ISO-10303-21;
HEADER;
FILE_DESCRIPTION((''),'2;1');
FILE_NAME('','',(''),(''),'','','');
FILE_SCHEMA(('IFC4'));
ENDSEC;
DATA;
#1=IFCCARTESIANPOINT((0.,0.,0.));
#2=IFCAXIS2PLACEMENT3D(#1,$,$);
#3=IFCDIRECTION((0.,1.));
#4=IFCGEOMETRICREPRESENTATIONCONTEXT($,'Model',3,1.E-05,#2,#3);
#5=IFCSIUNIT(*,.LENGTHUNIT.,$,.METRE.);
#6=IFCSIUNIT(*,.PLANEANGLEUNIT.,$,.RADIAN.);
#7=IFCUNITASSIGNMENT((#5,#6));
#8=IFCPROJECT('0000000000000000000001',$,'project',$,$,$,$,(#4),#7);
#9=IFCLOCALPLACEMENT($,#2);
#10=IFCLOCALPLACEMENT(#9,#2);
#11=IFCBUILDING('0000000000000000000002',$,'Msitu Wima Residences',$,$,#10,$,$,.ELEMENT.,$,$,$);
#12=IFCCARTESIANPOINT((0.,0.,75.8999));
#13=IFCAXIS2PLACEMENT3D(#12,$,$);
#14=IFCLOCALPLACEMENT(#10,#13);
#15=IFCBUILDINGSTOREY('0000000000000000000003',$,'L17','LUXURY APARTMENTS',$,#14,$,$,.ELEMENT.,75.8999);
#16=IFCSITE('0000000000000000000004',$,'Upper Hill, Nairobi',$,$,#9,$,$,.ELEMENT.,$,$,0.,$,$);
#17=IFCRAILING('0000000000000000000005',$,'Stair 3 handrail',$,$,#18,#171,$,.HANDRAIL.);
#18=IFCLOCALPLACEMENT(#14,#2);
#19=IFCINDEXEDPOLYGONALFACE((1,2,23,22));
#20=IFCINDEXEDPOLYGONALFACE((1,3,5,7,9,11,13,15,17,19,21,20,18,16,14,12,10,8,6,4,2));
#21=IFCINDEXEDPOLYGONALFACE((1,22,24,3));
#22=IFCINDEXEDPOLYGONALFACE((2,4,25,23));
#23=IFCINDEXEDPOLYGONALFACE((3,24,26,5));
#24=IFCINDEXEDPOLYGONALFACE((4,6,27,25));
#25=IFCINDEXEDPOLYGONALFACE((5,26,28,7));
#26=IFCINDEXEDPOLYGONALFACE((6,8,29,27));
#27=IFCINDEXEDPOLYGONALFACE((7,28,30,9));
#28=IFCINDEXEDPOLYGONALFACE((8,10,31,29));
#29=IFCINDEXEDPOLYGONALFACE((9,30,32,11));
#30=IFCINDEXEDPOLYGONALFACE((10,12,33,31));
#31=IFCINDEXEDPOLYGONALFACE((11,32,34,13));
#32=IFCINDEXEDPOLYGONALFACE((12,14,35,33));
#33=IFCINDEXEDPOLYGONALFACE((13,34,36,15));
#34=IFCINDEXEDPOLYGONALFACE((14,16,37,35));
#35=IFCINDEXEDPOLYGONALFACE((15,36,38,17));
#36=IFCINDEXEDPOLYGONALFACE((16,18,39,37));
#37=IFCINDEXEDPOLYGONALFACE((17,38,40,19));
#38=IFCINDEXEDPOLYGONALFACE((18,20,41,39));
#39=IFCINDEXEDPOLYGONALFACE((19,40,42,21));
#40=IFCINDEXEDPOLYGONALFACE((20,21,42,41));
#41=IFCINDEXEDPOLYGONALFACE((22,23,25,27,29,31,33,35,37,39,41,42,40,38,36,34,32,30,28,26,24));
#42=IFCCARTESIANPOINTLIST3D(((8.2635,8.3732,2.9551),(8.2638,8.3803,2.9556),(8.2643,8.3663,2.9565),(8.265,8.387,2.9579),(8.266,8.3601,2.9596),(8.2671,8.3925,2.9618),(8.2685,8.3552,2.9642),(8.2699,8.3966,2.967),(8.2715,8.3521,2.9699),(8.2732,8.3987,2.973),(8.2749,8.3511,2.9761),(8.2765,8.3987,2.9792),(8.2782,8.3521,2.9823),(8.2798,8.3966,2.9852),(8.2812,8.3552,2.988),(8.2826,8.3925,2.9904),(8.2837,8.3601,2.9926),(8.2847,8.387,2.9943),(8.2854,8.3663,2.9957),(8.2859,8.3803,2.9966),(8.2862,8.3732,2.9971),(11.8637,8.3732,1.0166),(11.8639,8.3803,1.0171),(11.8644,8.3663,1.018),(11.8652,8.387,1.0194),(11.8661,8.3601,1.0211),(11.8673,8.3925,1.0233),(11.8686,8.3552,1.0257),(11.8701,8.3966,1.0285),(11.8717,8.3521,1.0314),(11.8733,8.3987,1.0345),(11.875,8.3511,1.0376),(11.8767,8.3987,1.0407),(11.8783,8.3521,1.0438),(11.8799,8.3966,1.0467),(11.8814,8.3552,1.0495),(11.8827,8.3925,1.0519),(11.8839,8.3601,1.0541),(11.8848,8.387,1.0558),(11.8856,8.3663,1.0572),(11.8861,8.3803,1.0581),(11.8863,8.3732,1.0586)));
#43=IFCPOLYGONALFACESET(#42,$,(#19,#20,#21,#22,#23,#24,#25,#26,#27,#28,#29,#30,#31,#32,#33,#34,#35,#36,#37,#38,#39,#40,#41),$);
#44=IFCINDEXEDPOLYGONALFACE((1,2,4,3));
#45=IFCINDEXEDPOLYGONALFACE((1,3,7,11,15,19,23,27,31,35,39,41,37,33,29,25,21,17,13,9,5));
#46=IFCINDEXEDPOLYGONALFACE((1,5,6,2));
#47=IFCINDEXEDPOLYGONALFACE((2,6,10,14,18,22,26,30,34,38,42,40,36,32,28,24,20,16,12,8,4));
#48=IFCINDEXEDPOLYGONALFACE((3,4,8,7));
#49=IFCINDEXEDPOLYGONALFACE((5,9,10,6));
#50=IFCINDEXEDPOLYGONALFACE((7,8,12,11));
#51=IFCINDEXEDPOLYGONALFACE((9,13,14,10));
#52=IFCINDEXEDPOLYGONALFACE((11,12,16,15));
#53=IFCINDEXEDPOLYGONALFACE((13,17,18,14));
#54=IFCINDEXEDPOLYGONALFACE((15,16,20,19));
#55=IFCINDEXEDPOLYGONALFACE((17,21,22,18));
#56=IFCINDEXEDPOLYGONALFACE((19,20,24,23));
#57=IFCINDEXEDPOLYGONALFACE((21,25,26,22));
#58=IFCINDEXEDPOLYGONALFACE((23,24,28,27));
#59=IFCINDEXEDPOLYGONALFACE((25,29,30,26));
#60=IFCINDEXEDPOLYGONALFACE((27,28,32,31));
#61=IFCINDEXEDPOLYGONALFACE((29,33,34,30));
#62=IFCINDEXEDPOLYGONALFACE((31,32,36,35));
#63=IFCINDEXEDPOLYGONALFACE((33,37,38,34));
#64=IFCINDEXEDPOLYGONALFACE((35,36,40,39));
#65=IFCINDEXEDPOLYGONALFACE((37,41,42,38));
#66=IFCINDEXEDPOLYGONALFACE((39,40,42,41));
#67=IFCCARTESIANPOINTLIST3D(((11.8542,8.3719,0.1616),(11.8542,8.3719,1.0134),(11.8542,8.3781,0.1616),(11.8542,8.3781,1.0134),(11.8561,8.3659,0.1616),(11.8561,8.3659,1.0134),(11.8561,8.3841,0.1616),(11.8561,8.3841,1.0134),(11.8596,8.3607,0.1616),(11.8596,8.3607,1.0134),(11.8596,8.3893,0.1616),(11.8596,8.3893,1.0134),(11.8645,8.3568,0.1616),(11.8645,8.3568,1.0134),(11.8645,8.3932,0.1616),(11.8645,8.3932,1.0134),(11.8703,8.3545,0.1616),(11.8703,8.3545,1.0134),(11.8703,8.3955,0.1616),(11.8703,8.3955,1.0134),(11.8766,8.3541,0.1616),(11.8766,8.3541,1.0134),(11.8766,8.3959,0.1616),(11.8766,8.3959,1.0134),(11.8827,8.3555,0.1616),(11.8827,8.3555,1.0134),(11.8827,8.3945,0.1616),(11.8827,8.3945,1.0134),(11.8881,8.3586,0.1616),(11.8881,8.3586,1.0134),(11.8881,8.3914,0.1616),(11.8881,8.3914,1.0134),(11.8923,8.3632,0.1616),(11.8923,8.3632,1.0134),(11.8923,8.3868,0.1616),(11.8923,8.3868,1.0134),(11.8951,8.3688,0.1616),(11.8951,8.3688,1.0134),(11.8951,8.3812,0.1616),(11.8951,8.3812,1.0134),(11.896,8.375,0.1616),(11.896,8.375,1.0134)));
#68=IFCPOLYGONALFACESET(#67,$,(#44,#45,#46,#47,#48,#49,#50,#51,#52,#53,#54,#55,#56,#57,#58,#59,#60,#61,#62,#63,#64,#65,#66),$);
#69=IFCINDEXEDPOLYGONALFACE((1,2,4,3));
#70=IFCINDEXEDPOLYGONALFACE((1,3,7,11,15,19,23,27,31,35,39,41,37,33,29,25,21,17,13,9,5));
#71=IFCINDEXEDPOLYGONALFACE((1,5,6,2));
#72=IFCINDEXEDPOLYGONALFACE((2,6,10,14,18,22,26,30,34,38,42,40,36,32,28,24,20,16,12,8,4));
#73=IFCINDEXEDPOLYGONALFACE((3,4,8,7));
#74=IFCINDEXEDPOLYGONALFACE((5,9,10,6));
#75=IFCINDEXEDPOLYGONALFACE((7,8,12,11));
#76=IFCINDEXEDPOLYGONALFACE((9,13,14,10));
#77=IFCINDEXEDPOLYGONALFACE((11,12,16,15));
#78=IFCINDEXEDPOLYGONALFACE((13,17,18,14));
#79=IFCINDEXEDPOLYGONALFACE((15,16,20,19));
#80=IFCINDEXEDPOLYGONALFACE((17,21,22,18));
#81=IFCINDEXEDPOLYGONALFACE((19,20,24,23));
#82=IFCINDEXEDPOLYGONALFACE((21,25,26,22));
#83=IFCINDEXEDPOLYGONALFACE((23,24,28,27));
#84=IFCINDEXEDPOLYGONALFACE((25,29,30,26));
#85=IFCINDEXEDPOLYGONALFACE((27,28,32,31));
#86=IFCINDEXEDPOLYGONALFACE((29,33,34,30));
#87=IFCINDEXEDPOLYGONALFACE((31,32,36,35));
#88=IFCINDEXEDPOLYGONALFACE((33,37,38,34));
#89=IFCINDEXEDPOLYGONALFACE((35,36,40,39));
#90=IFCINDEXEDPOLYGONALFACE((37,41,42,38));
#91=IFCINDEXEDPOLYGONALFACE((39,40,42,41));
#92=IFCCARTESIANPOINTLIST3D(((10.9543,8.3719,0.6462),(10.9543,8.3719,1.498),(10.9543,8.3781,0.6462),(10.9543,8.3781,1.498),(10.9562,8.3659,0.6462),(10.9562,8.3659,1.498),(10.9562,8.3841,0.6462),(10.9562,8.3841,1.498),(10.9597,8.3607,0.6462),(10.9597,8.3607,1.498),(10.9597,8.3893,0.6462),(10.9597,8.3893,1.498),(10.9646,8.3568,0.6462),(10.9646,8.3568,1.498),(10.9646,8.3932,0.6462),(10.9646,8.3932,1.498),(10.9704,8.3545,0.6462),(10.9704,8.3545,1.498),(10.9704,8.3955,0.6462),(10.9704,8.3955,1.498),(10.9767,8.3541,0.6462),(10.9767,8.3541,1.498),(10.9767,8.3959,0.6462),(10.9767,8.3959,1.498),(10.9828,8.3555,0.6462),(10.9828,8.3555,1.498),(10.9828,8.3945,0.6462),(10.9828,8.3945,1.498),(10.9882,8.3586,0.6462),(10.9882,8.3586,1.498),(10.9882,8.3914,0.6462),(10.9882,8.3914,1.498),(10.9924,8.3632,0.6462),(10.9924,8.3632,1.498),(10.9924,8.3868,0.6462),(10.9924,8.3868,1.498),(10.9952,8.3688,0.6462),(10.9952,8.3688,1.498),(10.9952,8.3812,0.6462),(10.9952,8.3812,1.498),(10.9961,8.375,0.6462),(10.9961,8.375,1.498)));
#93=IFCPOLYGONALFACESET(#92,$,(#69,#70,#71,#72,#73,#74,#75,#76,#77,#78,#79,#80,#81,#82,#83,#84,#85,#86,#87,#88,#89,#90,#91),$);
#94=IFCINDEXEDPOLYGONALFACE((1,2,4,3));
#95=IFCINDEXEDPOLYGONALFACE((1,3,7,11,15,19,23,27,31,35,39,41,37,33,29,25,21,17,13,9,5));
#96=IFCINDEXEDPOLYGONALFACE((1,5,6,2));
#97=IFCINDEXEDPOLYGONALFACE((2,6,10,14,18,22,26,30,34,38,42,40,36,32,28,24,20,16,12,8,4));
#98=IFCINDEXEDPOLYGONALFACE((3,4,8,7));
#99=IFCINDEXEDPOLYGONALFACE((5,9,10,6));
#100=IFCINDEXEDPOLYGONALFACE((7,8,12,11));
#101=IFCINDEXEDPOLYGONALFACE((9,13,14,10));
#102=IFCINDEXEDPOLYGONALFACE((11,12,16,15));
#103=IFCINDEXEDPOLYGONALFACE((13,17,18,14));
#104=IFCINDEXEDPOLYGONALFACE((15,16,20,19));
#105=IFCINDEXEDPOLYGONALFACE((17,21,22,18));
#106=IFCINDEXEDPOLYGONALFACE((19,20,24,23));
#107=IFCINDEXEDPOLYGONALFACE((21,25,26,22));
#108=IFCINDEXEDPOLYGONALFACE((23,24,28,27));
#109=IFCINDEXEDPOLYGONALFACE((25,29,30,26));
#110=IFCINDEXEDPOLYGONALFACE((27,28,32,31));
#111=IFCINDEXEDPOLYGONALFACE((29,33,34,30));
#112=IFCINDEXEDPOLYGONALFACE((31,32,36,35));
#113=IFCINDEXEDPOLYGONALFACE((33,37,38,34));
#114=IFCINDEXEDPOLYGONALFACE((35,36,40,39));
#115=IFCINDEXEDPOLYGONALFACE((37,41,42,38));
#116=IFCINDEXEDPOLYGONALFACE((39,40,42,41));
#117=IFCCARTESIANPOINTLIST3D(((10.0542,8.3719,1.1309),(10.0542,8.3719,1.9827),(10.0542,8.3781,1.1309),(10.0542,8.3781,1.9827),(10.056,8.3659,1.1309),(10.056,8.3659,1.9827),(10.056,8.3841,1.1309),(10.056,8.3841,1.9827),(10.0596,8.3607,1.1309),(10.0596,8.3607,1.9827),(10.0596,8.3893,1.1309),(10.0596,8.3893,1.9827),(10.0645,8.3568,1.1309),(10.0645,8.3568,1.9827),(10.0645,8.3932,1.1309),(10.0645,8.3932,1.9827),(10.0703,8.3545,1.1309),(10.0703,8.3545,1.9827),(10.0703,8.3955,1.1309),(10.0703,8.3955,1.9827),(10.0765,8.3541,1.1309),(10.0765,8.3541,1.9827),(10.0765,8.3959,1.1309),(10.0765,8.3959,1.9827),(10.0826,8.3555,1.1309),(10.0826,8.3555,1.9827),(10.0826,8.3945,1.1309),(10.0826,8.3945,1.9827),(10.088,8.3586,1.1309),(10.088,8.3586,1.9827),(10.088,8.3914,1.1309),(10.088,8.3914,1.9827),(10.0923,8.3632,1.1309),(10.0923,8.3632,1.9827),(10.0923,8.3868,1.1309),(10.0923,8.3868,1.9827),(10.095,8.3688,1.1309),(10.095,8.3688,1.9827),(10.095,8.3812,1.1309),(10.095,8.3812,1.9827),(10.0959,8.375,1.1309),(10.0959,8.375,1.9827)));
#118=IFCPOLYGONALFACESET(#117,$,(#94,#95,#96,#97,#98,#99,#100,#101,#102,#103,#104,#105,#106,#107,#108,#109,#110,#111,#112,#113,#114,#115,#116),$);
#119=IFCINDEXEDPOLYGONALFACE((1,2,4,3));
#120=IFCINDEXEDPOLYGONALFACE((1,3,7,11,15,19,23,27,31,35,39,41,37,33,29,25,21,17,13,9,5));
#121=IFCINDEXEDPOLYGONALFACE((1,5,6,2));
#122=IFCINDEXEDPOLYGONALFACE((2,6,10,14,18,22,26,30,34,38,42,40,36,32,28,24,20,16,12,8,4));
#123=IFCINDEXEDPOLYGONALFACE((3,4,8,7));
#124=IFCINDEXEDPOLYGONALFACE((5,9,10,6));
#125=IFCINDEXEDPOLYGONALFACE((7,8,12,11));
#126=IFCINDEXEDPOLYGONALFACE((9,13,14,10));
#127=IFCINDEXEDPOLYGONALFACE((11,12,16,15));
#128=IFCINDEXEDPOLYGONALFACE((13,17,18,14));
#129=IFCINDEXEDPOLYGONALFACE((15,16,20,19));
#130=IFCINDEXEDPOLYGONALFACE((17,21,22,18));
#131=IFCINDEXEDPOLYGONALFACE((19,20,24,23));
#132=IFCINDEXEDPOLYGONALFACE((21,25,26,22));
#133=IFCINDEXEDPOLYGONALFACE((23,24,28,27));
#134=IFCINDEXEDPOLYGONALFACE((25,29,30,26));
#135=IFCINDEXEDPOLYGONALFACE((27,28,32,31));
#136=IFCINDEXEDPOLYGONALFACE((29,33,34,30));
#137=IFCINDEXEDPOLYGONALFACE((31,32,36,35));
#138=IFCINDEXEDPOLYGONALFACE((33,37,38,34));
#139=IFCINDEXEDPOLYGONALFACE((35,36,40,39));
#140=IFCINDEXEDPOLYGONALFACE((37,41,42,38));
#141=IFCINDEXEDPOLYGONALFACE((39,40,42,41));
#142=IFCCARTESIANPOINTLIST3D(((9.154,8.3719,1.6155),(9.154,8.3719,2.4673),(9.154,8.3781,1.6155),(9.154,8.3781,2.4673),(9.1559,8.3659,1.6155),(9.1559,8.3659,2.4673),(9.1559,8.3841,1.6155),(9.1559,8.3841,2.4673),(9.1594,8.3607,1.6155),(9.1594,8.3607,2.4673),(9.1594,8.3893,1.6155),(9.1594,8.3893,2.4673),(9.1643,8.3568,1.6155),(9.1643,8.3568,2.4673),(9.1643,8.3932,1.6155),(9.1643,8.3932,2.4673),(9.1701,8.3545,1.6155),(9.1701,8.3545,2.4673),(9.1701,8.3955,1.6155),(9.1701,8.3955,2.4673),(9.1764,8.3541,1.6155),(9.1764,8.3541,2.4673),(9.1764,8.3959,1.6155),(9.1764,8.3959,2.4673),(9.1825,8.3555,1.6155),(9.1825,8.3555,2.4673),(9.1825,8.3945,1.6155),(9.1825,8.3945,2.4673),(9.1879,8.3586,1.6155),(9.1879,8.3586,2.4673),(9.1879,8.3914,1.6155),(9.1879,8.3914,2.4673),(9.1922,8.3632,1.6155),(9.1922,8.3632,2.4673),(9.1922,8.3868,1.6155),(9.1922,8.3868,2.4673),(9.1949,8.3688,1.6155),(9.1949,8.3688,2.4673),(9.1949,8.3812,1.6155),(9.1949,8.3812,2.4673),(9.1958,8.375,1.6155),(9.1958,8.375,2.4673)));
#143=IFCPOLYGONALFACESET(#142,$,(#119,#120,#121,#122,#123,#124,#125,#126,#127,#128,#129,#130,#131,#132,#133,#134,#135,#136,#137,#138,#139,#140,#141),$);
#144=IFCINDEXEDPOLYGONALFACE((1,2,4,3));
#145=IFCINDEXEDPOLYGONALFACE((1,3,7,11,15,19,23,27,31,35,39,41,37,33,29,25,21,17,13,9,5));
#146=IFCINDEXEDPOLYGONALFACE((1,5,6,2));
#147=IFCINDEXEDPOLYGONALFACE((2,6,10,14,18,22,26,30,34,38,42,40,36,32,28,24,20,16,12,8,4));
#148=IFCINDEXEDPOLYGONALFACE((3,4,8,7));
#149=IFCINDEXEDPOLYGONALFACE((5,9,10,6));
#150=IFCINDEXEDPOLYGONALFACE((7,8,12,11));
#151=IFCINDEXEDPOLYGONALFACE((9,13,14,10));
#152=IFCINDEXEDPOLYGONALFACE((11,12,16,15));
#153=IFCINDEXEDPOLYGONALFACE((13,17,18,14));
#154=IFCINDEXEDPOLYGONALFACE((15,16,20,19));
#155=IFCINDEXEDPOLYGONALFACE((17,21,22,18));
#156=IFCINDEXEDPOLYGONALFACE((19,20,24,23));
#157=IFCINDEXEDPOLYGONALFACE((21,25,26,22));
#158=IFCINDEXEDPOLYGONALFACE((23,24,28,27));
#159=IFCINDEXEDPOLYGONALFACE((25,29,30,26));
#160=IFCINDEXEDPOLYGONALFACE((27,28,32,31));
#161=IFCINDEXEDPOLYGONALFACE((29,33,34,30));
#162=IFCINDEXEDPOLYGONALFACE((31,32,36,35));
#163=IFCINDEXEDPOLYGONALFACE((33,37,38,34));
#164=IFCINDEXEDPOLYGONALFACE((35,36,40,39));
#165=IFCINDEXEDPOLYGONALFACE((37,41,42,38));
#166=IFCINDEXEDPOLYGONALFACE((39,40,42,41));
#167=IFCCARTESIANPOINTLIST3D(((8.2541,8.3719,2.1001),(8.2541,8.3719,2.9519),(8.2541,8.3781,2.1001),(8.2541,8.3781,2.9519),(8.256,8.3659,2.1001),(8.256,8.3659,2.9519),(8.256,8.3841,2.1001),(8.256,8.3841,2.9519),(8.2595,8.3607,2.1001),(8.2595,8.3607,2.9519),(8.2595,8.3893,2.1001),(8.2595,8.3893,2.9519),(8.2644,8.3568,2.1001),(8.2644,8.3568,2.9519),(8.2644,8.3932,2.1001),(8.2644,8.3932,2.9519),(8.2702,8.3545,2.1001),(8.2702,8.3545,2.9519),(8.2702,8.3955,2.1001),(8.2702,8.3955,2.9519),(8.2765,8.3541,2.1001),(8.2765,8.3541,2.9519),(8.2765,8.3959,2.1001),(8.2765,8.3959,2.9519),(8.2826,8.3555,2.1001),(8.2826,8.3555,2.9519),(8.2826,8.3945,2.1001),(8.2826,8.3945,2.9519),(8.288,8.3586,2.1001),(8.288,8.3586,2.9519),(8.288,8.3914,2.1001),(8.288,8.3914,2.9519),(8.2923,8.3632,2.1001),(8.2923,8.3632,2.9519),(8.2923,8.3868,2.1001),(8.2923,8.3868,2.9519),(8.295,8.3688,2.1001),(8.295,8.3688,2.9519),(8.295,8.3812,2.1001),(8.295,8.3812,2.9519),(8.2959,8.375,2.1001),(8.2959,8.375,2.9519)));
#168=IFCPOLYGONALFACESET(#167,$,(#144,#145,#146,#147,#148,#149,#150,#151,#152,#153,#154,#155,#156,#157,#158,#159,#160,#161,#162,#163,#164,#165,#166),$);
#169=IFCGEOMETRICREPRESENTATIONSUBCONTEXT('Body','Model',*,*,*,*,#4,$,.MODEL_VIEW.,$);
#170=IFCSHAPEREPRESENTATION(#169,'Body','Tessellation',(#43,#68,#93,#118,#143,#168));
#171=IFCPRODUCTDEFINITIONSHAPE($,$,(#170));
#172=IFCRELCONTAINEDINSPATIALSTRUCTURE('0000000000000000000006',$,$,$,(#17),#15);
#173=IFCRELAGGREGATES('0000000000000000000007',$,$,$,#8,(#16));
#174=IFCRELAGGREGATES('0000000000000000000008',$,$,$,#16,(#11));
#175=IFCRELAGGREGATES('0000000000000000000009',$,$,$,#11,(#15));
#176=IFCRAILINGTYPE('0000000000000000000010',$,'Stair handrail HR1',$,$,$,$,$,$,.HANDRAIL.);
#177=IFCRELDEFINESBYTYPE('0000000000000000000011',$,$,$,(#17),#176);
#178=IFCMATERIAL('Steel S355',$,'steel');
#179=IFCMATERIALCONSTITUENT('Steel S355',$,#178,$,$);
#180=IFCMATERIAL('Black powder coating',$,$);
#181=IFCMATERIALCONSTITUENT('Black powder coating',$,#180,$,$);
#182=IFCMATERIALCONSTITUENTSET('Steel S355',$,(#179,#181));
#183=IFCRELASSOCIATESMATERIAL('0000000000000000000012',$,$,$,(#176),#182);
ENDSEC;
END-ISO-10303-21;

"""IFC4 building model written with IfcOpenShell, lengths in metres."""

from ifc_helpers import new_model, si_unit, direction, frame, origin, origin_2d, place, context, subcontext, project, spatial, circle, extrude, material, constituent, constituent_set, type_object, element, save


model = new_model("IFC4")

# Units and contexts
model_context = context("Model", 3, precision=1e-05, world=origin(), true_north=direction((0.0, 1.0)))
body_context = subcontext(model_context, "Body", "Model", "MODEL_VIEW")
ifc_project = project(units=[si_unit("LENGTHUNIT", "METRE"), si_unit("PLANEANGLEUNIT", "RADIAN")], contexts=[model_context])

# Site, building, storey
site_placement = place(None, origin())
site = spatial("IfcSite", under=ifc_project, at=site_placement, Name="Upper Hill, Nairobi", CompositionType="ELEMENT", RefElevation=0.0)
building_placement = place(site_placement, origin())
building = spatial("IfcBuilding", under=site, at=building_placement, Name="Msitu Wima Residences", CompositionType="ELEMENT")
storey_placement = place(building_placement, frame((0.0, 0.0, 75.8999)))
storey = spatial("IfcBuildingStorey", under=building, at=storey_placement, Name="L17", Description="LUXURY APARTMENTS", CompositionType="ELEMENT", Elevation=75.8999)

# Railing
ifc_material_1 = material(Name="Steel S355", Category="steel")
ifc_constituent_1 = constituent(ifc_material_1, Name="Steel S355")
ifc_material_2 = material(Name="Black powder coating")
ifc_constituent_2 = constituent(ifc_material_2, Name="Black powder coating")
ifc_constituent_set_1 = constituent_set(constituents=[ifc_constituent_1, ifc_constituent_2], Name="Steel S355")
railing_type_1 = type_object("IfcRailingType", Name="Stair handrail HR1", PredefinedType="HANDRAIL", material=ifc_constituent_set_1)
for number, where, name in (
    (1, (11.875, 8.375, 0.1616), "Stair 3 handrail"),
):
    element("IfcRailing", number, at=place(storey_placement, frame(where)), inside=storey, type_object=railing_type_1, Name=name, PredefinedType="HANDRAIL", context=body_context, shape_type="SweptSolid", body=[
        extrude(circle(Radius=0.0239, at=origin_2d()), frame((0.0, 0.0, 0.876), z_axis=(-0.880475, 0.0, 0.474093), x_axis=(0.0, -1.0, 0.0)), (0.0, 0.0, 1.0), 4.0889),
        extrude(circle(Radius=0.021, at=origin_2d()), origin(), (0.0, 0.0, 1.0), 0.8518),
        extrude(circle(Radius=0.021, at=origin_2d()), frame((-0.8999, 0.0, 0.4846)), (0.0, 0.0, 1.0), 0.8518),
        extrude(circle(Radius=0.021, at=origin_2d()), frame((-1.8, 0.0, 0.9692)), (0.0, 0.0, 1.0), 0.8518),
        extrude(circle(Radius=0.021, at=origin_2d()), frame((-2.7002, 0.0, 1.4539)), (0.0, 0.0, 1.0), 0.8518),
        extrude(circle(Radius=0.021, at=origin_2d()), frame((-3.6001, 0.0, 1.9385)), (0.0, 0.0, 1.0), 0.8518),
    ])

save(model, "model.ifc")
